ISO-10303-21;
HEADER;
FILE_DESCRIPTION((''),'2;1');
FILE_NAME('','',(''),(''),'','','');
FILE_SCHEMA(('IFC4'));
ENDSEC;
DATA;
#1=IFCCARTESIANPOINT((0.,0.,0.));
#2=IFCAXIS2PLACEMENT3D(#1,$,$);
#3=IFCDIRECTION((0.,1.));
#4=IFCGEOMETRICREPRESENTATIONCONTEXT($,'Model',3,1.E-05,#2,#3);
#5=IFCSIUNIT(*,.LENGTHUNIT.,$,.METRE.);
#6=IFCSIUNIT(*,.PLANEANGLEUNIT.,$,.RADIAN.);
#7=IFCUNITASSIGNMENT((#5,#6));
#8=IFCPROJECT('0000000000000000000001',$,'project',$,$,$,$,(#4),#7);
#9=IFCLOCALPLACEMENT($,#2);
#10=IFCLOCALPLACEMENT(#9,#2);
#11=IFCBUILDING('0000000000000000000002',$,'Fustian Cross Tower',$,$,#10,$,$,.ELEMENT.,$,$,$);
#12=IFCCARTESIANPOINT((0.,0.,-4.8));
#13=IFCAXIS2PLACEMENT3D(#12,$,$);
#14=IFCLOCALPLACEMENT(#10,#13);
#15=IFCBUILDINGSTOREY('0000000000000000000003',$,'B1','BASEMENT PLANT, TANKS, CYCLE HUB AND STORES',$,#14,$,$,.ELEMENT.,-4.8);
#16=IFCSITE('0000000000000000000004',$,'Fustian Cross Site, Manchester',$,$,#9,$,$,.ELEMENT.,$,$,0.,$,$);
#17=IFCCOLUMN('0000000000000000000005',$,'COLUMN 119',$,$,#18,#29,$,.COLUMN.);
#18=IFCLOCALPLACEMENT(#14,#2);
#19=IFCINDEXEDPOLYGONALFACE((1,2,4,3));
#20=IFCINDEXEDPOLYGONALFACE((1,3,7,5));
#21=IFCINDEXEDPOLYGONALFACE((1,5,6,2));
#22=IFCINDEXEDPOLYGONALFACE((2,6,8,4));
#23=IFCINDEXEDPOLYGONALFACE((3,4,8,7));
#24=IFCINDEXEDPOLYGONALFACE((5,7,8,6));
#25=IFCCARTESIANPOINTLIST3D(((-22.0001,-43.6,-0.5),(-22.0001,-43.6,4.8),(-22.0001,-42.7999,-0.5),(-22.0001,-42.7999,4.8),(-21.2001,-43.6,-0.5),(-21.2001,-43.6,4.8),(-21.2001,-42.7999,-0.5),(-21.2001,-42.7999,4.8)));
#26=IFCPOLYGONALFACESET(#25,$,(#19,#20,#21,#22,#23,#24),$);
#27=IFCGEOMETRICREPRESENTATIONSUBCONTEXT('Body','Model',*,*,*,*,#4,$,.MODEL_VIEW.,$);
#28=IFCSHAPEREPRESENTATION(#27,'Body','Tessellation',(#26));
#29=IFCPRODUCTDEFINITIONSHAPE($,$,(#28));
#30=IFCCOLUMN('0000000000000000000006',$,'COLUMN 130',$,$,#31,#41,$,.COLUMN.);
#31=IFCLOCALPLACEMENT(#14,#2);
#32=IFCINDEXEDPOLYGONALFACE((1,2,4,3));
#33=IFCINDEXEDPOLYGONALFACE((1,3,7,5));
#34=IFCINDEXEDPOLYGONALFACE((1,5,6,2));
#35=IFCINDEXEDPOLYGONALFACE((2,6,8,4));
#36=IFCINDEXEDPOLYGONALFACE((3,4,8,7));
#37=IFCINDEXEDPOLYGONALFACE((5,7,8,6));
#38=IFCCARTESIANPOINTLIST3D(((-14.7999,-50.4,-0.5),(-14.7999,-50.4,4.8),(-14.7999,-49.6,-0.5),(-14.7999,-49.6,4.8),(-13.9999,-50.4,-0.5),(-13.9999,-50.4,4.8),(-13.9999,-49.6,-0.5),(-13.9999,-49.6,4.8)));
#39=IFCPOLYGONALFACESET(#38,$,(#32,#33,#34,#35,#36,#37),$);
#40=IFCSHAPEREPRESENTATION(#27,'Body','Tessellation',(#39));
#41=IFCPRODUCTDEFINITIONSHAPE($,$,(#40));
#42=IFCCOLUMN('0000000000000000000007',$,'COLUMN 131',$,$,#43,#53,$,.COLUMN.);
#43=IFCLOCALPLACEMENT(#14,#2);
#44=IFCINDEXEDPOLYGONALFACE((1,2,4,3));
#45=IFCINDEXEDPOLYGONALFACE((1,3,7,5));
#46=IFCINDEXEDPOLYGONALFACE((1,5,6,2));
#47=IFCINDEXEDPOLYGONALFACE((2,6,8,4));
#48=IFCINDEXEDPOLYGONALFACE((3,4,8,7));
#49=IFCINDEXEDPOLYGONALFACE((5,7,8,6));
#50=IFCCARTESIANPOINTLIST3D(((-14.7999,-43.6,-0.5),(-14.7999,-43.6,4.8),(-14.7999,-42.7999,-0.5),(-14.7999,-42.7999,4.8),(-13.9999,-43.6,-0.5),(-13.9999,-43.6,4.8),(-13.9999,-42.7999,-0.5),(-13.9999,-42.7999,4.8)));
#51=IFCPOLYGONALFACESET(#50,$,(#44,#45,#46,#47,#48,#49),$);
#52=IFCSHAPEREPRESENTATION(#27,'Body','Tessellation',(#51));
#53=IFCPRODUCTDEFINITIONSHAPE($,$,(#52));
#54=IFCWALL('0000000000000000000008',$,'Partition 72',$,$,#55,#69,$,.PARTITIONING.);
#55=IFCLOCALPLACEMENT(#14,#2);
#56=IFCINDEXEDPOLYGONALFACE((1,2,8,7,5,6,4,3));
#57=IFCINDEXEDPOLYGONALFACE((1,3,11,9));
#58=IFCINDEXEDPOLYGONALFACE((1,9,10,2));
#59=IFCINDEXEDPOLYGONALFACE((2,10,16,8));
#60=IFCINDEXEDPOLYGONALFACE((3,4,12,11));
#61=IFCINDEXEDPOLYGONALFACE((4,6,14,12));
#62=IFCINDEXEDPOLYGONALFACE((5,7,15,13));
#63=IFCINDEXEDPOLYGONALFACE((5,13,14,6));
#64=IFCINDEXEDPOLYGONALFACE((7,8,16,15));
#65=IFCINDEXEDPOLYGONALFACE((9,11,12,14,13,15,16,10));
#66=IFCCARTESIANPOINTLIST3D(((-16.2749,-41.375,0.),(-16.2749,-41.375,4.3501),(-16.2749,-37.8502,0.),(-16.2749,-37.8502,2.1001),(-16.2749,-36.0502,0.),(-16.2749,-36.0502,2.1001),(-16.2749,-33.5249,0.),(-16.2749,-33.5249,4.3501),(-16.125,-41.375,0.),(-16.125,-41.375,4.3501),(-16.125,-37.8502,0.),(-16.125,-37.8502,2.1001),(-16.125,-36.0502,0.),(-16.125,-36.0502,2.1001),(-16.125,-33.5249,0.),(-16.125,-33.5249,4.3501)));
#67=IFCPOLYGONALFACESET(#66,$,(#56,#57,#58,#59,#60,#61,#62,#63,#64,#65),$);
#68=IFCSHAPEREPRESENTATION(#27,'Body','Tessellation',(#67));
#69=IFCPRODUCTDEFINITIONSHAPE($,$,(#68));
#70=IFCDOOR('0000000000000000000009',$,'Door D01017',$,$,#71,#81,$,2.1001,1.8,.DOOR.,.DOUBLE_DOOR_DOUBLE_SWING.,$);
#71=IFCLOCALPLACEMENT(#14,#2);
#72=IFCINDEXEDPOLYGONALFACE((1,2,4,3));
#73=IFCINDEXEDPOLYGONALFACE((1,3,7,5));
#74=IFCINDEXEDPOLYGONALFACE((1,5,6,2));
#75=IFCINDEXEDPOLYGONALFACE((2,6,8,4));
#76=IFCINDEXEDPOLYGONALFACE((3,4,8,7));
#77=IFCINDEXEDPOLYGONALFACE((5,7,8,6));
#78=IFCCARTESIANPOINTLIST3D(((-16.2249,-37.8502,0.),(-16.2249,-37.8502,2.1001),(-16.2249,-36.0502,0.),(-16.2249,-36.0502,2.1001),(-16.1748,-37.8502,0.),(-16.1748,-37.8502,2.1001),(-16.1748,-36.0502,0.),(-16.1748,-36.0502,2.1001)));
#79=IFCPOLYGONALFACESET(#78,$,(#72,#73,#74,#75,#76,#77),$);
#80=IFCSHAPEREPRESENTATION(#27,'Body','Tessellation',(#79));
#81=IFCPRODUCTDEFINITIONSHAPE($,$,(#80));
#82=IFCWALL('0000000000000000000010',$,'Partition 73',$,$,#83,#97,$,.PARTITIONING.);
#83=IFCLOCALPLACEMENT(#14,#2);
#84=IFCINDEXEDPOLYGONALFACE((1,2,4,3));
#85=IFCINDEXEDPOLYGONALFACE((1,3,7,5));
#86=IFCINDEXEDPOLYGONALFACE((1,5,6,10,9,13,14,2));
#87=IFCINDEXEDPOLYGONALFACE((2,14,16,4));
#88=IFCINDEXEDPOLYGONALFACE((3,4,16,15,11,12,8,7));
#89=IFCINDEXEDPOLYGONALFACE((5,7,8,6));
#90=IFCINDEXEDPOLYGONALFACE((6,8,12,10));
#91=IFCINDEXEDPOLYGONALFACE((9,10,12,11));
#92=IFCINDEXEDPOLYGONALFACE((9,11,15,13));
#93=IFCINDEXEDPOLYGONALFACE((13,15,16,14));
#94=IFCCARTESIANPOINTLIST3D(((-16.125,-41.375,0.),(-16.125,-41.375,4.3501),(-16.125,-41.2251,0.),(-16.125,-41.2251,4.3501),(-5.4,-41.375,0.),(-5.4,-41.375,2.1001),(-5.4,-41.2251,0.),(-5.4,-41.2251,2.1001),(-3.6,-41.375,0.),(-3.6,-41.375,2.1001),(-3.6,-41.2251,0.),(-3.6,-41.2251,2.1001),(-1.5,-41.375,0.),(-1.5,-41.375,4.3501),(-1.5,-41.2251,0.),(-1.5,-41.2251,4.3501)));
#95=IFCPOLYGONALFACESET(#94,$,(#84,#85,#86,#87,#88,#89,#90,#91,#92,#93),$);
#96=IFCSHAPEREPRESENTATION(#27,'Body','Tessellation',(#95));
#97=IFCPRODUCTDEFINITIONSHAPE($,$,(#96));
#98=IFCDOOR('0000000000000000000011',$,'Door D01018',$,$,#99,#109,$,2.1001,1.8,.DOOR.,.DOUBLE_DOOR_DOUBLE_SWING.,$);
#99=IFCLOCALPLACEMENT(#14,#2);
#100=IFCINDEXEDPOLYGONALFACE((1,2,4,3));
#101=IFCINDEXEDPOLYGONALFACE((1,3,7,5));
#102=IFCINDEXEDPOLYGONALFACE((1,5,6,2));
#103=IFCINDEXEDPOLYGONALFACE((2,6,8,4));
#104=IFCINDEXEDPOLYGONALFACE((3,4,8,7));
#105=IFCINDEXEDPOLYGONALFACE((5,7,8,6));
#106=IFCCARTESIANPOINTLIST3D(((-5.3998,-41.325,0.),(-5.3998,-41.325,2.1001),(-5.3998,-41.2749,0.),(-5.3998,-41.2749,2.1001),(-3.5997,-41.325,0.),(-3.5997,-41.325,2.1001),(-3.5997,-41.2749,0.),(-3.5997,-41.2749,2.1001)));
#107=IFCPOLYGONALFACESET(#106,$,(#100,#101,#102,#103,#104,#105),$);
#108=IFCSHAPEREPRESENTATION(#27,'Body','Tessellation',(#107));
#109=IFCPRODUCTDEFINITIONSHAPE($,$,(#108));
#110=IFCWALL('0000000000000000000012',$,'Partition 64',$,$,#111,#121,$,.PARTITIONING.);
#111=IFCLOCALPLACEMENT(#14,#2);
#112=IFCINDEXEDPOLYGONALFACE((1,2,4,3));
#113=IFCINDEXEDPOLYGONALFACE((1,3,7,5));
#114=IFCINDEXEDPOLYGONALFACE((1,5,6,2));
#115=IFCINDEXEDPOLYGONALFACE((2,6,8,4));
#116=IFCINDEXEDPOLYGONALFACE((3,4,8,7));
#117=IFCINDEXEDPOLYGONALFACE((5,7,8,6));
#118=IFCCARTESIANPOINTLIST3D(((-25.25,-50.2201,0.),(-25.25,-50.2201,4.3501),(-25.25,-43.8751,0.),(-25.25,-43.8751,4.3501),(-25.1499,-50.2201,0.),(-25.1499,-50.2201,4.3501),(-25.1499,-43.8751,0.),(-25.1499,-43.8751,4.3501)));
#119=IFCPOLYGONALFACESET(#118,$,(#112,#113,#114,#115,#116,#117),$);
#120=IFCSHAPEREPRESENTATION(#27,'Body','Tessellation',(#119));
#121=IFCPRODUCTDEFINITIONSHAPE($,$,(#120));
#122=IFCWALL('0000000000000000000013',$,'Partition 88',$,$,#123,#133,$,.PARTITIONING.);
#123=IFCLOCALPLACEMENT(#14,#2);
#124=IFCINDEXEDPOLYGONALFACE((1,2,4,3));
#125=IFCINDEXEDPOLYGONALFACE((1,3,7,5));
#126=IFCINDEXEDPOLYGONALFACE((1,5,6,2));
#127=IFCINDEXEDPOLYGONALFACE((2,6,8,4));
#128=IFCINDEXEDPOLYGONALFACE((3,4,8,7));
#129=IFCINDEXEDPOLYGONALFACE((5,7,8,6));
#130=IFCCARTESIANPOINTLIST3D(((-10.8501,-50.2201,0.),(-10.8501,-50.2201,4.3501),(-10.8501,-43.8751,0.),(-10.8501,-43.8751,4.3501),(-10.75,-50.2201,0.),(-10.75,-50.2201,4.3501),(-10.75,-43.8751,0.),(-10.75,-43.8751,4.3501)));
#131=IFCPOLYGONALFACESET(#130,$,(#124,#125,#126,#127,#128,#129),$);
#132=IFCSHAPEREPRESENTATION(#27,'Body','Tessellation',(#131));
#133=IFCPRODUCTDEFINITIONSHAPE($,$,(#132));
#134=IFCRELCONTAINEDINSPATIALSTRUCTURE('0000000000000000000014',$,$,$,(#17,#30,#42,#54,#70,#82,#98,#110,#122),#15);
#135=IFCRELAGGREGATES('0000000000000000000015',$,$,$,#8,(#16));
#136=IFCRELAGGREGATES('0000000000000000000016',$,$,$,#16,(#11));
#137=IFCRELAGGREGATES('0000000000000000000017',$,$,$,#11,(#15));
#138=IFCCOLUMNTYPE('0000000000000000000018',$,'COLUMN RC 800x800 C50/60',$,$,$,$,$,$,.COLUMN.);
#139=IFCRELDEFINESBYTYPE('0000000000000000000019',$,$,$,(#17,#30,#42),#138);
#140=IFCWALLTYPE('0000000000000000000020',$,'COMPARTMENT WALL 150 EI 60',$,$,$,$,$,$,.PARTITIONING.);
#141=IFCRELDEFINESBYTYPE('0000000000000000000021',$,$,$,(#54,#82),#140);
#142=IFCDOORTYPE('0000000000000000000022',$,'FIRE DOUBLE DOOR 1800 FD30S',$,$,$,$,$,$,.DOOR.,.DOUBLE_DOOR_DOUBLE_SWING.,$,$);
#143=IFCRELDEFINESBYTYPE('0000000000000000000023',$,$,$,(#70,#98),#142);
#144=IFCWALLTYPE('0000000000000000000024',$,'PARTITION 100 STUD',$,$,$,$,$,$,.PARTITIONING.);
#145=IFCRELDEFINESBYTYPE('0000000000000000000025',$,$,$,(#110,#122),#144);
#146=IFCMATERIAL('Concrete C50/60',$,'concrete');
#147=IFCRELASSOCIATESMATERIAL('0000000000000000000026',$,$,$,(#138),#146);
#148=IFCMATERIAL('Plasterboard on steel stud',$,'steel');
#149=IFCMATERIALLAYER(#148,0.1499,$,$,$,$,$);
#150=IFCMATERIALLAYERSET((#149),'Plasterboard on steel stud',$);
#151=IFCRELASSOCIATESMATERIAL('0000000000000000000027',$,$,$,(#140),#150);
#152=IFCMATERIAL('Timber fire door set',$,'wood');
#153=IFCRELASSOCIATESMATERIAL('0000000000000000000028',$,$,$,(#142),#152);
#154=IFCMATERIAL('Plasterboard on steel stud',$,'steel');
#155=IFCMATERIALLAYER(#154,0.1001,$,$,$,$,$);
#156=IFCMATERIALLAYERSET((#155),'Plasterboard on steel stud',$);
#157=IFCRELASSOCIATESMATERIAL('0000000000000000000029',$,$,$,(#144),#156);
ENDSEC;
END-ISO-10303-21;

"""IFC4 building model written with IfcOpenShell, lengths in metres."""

from ifc_helpers import new_model, si_unit, direction, frame, frame_2d, origin, origin_2d, place, context, subcontext, project, spatial, rectangle, extrude, material, layer, layer_set, material_profile, profile_set, type_object, element, fill, save


model = new_model("IFC4")

# Units and contexts
model_context = context("Model", 3, precision=1e-05, world=origin(), true_north=direction((0.0, 1.0)))
body_context = subcontext(model_context, "Body", "Model", "MODEL_VIEW")
ifc_project = project(units=[si_unit("LENGTHUNIT", "METRE"), si_unit("PLANEANGLEUNIT", "RADIAN")], contexts=[model_context])

# Site, building, storey
site_placement = place(None, origin())
site = spatial("IfcSite", under=ifc_project, at=site_placement, Name="Fustian Cross Site, Manchester", CompositionType="ELEMENT", RefElevation=0.0)
building_placement = place(site_placement, origin())
building = spatial("IfcBuilding", under=site, at=building_placement, Name="Fustian Cross Tower", CompositionType="ELEMENT")
storey_placement = place(building_placement, frame((0.0, 0.0, -4.8)))
storey = spatial("IfcBuildingStorey", under=building, at=storey_placement, Name="B1", Description="BASEMENT PLANT, TANKS, CYCLE HUB AND STORES", CompositionType="ELEMENT", Elevation=-4.8)

# Columns
ifc_material_1 = material(Name="Concrete C50/60", Category="concrete")
ifc_material_profile_1 = material_profile(ifc_material_1, rectangle(XDim=0.8, YDim=0.8, at=origin_2d()), Name="RC 800x800")
ifc_profile_set_1 = profile_set([ifc_material_profile_1], Name="Concrete C50/60")
column_type = type_object("IfcColumnType", Name="COLUMN RC 800x800 C50/60", PredefinedType="COLUMN", material=ifc_profile_set_1)
for number, where, z_axis, x_axis, name in (
    (1, (-21.6001, -43.2, -0.5), (0.0, 0.0, 1.0), (1.0, 0.0, 0.0), "COLUMN 119"),
    (2, (-14.3999, -50.0, -0.5), (0.0, 0.0, 1.0), (1.0, 0.0, 0.0), "COLUMN 130"),
    (3, (-14.3999, -43.2, -0.5), (0.0, 0.0, 1.0), (1.0, 0.0, 0.0), "COLUMN 131"),
):
    element("IfcColumn", number, at=place(storey_placement, frame(where, z_axis=z_axis, x_axis=x_axis)), inside=storey, type_object=column_type, Name=name, PredefinedType="COLUMN", context=body_context, shape_type="SweptSolid", body=[
        extrude(rectangle(XDim=0.8, YDim=0.8, at=origin_2d()), origin(), (0.0, 0.0, 1.0), 5.3),
    ])

# Walls, openings, doors
ifc_material_2 = material(Name="Plasterboard on steel stud", Category="steel")
ifc_layer_1 = layer(ifc_material_2, 0.1499)
ifc_layer_set_1 = layer_set([ifc_layer_1], Name="Plasterboard on steel stud")
wall_type_1 = type_object("IfcWallType", Name="COMPARTMENT WALL 150 EI 60", PredefinedType="PARTITIONING", material=ifc_layer_set_1)
wall_1_placement = place(storey_placement, frame((-16.2, -41.375, 0.0), z_axis=(0.0, 0.0, 1.0), x_axis=(0.0, 1.0, 0.0)))
wall_1 = element("IfcWall", 4, at=wall_1_placement, inside=storey, type_object=wall_type_1, Name="Partition 72", PredefinedType="PARTITIONING", context=body_context, shape_type="SweptSolid", body=[
    extrude(rectangle(XDim=7.8501, YDim=0.1499, at=frame_2d((3.925, 0.0))), origin(), (0.0, 0.0, 1.0), 4.3501),
])
opening_1_placement = place(wall_1_placement, frame((3.5249, 0.0, 0.0)))
opening_1 = element("IfcOpeningElement", 5, at=opening_1_placement, cuts=wall_1, PredefinedType="OPENING", context=body_context, shape_type="SweptSolid", body=[
    extrude(rectangle(XDim=1.8, YDim=2.1001, at=frame_2d((0.8999, 1.05))), frame((0.0, 0.085, 0.0), z_axis=(0.0, -1.0, 0.0), x_axis=(1.0, 0.0, 0.0)), (0.0, 0.0, 1.0), 0.1699),
])
ifc_material_3 = material(Name="Timber fire door set", Category="wood")
door_type = type_object("IfcDoorType", Name="FIRE DOUBLE DOOR 1800 FD30S", OperationType="DOUBLE_DOOR_DOUBLE_SWING", PredefinedType="DOOR", material=ifc_material_3)
door_1_placement = place(opening_1_placement, origin())
door_1 = element("IfcDoor", 6, at=door_1_placement, inside=storey, type_object=door_type, Name="Door D01017", OperationType="DOUBLE_DOOR_DOUBLE_SWING", OverallHeight=2.1001, OverallWidth=1.8, PredefinedType="DOOR", context=body_context, shape_type="SweptSolid", body=[
    extrude(rectangle(XDim=1.8, YDim=2.1001, at=frame_2d((0.8999, 1.05))), frame((0.0, 0.0249, 0.0), z_axis=(0.0, -1.0, 0.0), x_axis=(1.0, 0.0, 0.0)), (0.0, 0.0, 1.0), 0.05),
])
fill(opening_1, door_1)
wall_2_placement = place(storey_placement, frame((-16.125, -41.3, 0.0), z_axis=(0.0, 0.0, 1.0), x_axis=(1.0, 0.0, 0.0)))
wall_2 = element("IfcWall", 7, at=wall_2_placement, inside=storey, type_object=wall_type_1, Name="Partition 73", PredefinedType="PARTITIONING", context=body_context, shape_type="SweptSolid", body=[
    extrude(rectangle(XDim=14.625, YDim=0.1499, at=frame_2d((7.3125, 0.0))), origin(), (0.0, 0.0, 1.0), 4.3501),
])
opening_2_placement = place(wall_2_placement, frame((10.7251, 0.0, 0.0)))
opening_2 = element("IfcOpeningElement", 8, at=opening_2_placement, cuts=wall_2, PredefinedType="OPENING", context=body_context, shape_type="SweptSolid", body=[
    extrude(rectangle(XDim=1.8, YDim=2.1001, at=frame_2d((0.8999, 1.05))), frame((0.0, 0.085, 0.0), z_axis=(0.0, -1.0, 0.0), x_axis=(1.0, 0.0, 0.0)), (0.0, 0.0, 1.0), 0.1699),
])
door_2_placement = place(opening_2_placement, frame((1.8, 0.0, 0.0), z_axis=(0.0, 0.0, 1.0), x_axis=(-1.0, 0.0, 0.0)))
door_2 = element("IfcDoor", 9, at=door_2_placement, inside=storey, type_object=door_type, Name="Door D01018", OperationType="DOUBLE_DOOR_DOUBLE_SWING", OverallHeight=2.1001, OverallWidth=1.8, PredefinedType="DOOR", context=body_context, shape_type="SweptSolid", body=[
    extrude(rectangle(XDim=1.8, YDim=2.1001, at=frame_2d((0.8999, 1.05))), frame((0.0, 0.0249, 0.0), z_axis=(0.0, -1.0, 0.0), x_axis=(1.0, 0.0, 0.0)), (0.0, 0.0, 1.0), 0.05),
])
fill(opening_2, door_2)

# Walls
ifc_material_4 = material(Name="Plasterboard on steel stud", Category="steel")
ifc_layer_2 = layer(ifc_material_4, 0.1001)
ifc_layer_set_2 = layer_set([ifc_layer_2], Name="Plasterboard on steel stud")
wall_type_2 = type_object("IfcWallType", Name="PARTITION 100 STUD", PredefinedType="PARTITIONING", material=ifc_layer_set_2)
for number, where, z_axis, x_axis, name in (
    (10, (-25.2, -50.22, 0.0), (0.0, 0.0, 1.0), (0.0, 1.0, 0.0), "Partition 64"),
    (11, (-10.8, -50.22, 0.0), (0.0, 0.0, 1.0), (0.0, 1.0, 0.0), "Partition 88"),
):
    element("IfcWall", number, at=place(storey_placement, frame(where, z_axis=z_axis, x_axis=x_axis)), inside=storey, type_object=wall_type_2, Name=name, PredefinedType="PARTITIONING", context=body_context, shape_type="SweptSolid", body=[
        extrude(rectangle(XDim=6.345, YDim=0.1001, at=frame_2d((3.1724, 0.0))), origin(), (0.0, 0.0, 1.0), 4.3501),
    ])

save(model, "model.ifc")
